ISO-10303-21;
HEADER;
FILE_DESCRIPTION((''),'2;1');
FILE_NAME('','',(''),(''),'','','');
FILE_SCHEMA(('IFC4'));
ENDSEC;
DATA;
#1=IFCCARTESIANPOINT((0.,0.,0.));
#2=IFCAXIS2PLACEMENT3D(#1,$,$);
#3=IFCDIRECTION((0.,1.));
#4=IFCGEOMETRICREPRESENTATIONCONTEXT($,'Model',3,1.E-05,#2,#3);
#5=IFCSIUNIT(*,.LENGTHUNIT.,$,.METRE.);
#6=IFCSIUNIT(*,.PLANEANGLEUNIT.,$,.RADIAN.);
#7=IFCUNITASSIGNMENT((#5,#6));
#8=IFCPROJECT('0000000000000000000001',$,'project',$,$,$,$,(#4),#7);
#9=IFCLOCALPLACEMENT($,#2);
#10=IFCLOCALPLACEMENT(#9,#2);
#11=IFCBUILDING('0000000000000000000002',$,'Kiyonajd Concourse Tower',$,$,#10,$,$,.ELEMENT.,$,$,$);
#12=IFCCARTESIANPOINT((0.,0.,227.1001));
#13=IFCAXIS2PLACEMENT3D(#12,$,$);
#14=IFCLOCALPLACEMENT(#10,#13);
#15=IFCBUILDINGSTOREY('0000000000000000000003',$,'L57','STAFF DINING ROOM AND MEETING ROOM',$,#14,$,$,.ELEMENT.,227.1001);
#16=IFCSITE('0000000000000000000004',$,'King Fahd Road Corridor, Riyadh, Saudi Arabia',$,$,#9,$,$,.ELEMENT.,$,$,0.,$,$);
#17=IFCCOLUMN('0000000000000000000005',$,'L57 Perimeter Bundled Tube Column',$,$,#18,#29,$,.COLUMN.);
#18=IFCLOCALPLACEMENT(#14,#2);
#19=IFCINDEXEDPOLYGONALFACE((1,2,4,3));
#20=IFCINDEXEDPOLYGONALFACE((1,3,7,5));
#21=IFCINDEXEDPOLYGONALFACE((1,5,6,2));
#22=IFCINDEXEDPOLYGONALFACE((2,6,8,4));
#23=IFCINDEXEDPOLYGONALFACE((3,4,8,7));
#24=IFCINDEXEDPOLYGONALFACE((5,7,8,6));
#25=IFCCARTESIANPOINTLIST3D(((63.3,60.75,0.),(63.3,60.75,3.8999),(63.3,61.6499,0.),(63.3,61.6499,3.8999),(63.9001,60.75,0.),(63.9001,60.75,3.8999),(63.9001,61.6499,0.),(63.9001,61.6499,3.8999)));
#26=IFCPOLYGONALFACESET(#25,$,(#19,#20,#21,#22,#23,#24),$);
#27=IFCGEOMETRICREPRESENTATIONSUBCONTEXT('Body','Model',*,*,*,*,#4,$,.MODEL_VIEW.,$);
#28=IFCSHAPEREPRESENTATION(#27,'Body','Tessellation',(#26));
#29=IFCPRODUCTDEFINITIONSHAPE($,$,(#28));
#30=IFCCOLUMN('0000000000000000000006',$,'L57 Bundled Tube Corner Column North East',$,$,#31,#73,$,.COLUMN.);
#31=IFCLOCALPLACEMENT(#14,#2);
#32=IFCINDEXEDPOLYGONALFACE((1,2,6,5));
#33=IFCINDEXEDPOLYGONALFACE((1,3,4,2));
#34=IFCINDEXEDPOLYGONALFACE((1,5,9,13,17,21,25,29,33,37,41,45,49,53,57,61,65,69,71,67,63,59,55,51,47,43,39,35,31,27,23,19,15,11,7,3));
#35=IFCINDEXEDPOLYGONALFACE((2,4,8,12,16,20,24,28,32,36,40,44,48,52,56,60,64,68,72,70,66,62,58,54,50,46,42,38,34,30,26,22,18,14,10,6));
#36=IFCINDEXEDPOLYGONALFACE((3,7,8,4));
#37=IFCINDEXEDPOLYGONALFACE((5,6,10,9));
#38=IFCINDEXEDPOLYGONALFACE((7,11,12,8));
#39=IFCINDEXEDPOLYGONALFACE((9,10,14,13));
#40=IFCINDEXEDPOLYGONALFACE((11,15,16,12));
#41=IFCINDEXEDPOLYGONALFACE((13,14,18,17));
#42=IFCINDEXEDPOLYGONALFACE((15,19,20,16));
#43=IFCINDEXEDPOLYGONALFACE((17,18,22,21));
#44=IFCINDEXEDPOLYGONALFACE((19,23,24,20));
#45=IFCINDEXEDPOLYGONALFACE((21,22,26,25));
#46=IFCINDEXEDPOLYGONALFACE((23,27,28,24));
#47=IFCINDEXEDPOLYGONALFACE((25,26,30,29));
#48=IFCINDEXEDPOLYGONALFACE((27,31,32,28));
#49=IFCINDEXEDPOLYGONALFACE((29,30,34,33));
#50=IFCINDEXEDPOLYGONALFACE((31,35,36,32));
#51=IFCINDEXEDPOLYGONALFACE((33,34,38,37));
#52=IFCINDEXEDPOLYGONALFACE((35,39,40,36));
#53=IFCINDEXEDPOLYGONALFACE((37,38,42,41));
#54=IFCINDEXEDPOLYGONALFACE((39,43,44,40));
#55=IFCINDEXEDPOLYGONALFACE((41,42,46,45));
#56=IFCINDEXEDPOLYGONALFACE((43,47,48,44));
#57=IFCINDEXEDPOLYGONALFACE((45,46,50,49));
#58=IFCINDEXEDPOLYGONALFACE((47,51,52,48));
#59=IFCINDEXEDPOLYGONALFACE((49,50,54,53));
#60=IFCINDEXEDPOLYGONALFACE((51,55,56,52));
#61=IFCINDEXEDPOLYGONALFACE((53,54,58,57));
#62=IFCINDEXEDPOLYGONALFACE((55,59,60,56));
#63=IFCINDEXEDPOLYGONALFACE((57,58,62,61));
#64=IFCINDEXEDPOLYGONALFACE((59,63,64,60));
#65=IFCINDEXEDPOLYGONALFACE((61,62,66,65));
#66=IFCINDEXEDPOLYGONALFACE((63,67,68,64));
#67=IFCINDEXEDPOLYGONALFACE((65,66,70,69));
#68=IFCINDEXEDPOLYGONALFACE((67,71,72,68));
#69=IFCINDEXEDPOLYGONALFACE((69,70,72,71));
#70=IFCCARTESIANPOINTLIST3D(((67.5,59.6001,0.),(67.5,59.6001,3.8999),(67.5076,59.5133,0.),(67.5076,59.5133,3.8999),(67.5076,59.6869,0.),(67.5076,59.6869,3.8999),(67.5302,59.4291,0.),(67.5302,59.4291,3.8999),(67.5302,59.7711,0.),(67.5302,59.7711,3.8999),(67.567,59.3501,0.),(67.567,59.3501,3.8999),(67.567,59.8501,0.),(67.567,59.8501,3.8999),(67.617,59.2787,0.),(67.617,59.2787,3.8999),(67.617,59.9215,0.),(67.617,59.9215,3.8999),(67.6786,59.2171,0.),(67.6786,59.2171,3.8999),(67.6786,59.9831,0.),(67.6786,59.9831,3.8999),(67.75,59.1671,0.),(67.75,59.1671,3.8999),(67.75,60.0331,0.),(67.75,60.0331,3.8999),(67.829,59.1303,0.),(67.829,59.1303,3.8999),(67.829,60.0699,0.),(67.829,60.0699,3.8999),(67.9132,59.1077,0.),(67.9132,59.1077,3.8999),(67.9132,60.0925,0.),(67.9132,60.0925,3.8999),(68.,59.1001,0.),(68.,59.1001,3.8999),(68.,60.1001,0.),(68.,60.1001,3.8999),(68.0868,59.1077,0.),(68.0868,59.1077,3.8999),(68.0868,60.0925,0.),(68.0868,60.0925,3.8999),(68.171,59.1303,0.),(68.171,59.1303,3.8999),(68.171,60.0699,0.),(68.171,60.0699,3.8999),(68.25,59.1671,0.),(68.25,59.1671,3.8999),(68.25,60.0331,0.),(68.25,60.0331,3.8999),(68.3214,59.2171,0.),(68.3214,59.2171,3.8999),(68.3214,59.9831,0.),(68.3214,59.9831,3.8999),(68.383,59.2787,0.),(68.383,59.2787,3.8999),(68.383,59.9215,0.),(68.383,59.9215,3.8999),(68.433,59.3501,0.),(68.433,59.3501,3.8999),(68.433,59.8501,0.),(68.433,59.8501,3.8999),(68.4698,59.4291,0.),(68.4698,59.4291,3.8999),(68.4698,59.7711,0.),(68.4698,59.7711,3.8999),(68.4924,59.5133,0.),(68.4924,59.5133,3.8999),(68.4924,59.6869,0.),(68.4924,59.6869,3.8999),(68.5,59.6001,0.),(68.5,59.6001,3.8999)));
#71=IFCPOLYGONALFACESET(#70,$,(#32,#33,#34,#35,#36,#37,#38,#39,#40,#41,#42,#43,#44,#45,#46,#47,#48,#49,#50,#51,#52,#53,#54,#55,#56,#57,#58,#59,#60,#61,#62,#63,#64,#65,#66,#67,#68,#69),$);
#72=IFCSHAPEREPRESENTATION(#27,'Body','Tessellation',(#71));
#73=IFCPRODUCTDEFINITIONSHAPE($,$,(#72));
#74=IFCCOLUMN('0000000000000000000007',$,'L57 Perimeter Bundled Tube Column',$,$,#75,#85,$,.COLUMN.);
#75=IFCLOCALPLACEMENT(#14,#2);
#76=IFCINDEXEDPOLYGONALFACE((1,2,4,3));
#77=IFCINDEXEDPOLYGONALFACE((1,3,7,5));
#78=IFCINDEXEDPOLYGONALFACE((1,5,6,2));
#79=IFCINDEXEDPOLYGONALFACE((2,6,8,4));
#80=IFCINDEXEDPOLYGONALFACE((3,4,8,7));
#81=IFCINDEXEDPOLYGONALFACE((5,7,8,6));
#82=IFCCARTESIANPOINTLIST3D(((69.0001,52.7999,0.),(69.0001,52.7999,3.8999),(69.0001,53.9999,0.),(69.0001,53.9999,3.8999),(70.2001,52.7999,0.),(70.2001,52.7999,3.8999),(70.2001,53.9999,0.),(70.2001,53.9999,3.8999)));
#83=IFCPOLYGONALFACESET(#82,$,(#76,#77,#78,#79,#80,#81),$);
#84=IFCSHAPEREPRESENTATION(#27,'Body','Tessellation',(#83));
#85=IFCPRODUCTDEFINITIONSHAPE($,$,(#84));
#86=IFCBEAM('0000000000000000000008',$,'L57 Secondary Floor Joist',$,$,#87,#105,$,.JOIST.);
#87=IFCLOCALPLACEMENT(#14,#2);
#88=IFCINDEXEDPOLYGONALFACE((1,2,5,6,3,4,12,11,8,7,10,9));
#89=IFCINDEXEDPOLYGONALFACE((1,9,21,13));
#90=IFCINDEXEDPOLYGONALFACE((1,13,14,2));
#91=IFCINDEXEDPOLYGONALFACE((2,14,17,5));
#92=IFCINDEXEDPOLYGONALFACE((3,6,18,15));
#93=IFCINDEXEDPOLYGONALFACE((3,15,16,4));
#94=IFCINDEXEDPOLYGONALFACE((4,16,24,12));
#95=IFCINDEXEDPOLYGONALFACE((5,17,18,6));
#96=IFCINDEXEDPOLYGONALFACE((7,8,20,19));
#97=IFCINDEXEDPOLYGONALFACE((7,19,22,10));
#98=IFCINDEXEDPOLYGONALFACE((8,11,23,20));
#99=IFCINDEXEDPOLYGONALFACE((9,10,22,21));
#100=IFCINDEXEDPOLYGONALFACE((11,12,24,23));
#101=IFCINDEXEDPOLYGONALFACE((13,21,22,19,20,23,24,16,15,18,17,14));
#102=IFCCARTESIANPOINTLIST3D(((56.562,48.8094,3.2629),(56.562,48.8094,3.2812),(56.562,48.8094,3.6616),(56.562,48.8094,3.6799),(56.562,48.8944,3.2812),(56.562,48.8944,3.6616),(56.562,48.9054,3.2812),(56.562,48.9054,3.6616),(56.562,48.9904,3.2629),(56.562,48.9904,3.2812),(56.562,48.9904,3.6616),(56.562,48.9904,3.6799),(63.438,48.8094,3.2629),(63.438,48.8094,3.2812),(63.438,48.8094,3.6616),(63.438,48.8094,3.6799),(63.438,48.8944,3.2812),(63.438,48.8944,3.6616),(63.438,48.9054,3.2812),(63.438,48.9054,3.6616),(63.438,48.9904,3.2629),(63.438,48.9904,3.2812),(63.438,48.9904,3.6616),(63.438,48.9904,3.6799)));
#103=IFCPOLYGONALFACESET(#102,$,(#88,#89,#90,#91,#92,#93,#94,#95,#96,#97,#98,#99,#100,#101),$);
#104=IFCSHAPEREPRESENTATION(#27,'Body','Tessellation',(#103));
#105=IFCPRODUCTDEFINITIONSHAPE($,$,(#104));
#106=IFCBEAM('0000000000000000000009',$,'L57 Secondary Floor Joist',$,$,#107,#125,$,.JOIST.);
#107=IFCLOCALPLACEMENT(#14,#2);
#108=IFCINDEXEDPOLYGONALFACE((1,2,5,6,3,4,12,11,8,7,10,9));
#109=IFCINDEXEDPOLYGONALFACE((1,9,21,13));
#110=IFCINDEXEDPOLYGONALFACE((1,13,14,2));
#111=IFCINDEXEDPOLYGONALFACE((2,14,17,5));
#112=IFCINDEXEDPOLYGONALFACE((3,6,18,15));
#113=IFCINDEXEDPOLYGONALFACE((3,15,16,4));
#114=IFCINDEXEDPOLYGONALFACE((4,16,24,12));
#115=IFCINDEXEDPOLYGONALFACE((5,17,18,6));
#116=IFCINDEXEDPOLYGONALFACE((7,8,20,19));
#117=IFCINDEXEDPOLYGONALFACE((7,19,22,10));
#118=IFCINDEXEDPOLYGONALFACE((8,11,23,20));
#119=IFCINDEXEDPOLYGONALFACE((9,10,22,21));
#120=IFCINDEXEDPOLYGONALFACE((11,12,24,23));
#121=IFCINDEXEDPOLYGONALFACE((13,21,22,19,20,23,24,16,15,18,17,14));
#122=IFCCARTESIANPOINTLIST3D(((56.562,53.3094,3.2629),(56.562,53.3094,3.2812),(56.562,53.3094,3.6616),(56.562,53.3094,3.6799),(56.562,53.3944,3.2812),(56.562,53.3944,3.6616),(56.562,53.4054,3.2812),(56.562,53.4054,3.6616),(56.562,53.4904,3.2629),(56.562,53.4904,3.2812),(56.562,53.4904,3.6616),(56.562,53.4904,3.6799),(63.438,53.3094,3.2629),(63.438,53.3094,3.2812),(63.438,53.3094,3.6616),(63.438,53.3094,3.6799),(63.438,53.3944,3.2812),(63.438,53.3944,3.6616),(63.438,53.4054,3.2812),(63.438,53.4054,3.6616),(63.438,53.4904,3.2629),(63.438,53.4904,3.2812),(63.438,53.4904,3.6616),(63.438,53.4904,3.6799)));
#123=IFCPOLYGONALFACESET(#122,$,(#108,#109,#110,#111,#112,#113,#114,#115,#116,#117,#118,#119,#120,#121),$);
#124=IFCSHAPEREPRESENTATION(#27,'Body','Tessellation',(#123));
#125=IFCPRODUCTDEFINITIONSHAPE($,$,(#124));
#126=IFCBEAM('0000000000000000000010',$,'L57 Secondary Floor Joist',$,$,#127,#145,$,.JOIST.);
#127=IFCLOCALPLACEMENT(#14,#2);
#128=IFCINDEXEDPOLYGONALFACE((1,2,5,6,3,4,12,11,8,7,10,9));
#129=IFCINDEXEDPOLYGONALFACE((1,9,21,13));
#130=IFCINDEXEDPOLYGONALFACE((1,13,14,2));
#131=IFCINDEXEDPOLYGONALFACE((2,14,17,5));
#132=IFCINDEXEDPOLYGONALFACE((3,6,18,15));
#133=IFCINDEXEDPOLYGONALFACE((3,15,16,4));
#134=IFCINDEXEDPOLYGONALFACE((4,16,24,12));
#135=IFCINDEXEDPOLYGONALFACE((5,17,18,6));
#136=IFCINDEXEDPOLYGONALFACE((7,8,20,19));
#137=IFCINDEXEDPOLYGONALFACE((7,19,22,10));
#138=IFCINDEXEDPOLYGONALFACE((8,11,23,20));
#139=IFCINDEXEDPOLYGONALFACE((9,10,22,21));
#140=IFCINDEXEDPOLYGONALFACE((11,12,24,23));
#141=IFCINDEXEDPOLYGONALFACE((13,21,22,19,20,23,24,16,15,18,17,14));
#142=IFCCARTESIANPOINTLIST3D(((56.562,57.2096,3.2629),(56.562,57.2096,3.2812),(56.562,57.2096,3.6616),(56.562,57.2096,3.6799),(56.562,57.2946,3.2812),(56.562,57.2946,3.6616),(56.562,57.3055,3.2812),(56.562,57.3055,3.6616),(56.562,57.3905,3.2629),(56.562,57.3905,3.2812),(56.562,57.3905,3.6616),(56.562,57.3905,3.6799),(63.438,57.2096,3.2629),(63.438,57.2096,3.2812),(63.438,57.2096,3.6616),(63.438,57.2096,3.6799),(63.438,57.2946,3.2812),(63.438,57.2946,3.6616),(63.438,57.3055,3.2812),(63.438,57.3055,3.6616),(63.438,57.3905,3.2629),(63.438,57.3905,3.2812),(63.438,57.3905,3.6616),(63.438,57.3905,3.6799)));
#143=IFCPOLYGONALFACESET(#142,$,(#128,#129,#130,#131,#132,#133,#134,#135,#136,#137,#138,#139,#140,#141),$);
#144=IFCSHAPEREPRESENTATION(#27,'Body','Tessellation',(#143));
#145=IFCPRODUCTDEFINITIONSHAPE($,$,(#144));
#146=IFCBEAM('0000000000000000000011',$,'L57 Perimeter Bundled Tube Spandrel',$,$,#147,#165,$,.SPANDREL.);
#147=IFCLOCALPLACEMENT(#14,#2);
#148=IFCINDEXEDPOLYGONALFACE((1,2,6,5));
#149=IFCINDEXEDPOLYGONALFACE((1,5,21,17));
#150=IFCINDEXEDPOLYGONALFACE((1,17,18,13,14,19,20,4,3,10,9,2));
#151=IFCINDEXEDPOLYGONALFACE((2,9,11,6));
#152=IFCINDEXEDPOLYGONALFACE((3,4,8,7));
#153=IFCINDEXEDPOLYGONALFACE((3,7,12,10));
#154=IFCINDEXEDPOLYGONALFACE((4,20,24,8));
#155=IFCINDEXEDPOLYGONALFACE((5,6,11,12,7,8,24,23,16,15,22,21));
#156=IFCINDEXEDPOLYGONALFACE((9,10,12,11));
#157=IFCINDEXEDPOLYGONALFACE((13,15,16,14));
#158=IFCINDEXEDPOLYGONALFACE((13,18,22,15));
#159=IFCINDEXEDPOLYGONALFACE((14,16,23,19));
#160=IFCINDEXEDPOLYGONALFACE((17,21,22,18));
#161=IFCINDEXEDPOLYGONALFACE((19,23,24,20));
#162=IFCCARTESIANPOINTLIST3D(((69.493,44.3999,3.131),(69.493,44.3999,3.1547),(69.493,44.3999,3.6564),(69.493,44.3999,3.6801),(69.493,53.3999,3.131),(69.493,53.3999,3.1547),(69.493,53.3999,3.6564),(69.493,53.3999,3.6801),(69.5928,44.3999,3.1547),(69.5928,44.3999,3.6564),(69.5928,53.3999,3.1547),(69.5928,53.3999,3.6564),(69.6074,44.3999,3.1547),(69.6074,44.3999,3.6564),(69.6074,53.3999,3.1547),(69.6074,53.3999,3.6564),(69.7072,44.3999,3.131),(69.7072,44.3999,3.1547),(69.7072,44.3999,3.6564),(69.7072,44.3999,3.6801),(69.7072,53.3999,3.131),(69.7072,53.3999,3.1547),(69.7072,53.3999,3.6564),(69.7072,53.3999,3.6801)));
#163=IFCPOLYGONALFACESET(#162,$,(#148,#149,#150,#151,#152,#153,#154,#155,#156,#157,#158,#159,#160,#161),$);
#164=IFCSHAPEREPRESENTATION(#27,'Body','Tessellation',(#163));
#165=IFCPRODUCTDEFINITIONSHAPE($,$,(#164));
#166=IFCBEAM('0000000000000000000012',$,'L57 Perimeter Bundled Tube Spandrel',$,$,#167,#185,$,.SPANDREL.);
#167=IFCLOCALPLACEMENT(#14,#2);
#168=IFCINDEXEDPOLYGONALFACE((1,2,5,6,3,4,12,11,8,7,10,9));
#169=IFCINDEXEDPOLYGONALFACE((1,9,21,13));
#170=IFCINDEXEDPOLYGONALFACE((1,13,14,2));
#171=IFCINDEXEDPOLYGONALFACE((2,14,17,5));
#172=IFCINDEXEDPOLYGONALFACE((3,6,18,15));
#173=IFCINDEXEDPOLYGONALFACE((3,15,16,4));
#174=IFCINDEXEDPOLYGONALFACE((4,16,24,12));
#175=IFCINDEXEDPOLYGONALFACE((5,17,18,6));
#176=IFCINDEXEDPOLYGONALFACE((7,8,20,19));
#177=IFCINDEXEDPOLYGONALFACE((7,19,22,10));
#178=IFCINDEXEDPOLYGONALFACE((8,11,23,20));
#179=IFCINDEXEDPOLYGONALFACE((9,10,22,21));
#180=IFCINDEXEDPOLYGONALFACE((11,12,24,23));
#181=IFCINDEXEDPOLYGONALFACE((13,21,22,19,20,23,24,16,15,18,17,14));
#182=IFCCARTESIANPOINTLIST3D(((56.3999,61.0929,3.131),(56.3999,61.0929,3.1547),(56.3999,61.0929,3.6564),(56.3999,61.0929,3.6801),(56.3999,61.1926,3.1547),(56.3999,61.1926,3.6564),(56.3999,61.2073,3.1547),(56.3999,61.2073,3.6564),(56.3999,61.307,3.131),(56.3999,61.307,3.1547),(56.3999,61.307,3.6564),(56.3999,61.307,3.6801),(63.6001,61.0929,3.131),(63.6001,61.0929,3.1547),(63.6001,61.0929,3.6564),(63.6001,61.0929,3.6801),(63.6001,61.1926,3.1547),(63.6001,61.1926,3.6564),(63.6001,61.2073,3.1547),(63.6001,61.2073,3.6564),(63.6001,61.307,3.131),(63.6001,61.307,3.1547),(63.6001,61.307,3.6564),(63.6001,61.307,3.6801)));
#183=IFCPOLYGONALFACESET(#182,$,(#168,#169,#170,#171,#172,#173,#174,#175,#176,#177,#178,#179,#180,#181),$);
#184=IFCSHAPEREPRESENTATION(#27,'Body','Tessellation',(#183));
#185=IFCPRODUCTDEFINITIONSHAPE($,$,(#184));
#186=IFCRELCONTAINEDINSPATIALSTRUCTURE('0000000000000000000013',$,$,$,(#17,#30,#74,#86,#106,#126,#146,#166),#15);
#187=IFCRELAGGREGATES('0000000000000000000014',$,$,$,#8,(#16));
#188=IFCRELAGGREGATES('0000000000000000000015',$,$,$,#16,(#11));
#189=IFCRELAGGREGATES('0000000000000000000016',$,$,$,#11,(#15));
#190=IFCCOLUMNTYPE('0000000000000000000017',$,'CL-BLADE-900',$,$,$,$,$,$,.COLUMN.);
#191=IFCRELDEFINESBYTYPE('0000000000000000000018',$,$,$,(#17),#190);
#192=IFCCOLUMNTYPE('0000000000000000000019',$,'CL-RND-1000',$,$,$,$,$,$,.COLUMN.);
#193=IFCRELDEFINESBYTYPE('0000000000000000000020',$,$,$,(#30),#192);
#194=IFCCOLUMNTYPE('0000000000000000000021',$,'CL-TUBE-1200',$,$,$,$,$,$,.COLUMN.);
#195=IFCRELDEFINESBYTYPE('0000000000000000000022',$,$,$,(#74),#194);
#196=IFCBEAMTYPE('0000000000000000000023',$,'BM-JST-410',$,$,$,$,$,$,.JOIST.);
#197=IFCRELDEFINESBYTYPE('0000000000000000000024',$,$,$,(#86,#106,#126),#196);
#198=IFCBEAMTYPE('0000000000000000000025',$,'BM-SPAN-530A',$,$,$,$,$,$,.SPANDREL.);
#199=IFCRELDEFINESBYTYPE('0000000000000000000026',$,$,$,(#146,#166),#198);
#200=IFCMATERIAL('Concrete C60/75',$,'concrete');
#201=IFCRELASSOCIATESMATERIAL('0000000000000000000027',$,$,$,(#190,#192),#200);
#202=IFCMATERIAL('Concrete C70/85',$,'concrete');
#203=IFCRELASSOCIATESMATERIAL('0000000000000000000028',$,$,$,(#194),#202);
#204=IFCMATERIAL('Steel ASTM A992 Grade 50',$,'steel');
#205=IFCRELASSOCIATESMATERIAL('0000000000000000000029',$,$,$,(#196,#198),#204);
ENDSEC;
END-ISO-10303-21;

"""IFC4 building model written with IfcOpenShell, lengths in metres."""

from ifc_helpers import new_model, si_unit, direction, frame, origin, origin_2d, place, context, subcontext, project, spatial, rectangle, circle, i_section, extrude, material, material_profile, profile_set, type_object, element, save


model = new_model("IFC4")

# Units and contexts
model_context = context("Model", 3, precision=1e-05, world=origin(), true_north=direction((0.0, 1.0)))
body_context = subcontext(model_context, "Body", "Model", "MODEL_VIEW")
ifc_project = project(units=[si_unit("LENGTHUNIT", "METRE"), si_unit("PLANEANGLEUNIT", "RADIAN")], contexts=[model_context])

# Site, building, storey
site_placement = place(None, origin())
site = spatial("IfcSite", under=ifc_project, at=site_placement, Name="King Fahd Road Corridor, Riyadh, Saudi Arabia", CompositionType="ELEMENT", RefElevation=0.0)
building_placement = place(site_placement, origin())
building = spatial("IfcBuilding", under=site, at=building_placement, Name="Kiyonajd Concourse Tower", CompositionType="ELEMENT")
storey_placement = place(building_placement, frame((0.0, 0.0, 227.1001)))
storey = spatial("IfcBuildingStorey", under=building, at=storey_placement, Name="L57", Description="STAFF DINING ROOM AND MEETING ROOM", CompositionType="ELEMENT", Elevation=227.1001)

# Columns
ifc_material_1 = material(Name="Concrete C60/75", Category="concrete")
ifc_material_profile_1 = material_profile(ifc_material_1, rectangle(XDim=0.6001, YDim=0.8999, at=origin_2d()), Name="RC-900x600")
ifc_profile_set_1 = profile_set([ifc_material_profile_1], Name="Concrete C60/75")
column_type_1 = type_object("IfcColumnType", Name="CL-BLADE-900", PredefinedType="COLUMN", material=ifc_profile_set_1)
column_1_placement = place(storey_placement, frame((63.6001, 61.2, 0.0), z_axis=(0.0, 0.0, 1.0), x_axis=(1.0, 0.0, 0.0)))
element("IfcColumn", 1, at=column_1_placement, inside=storey, type_object=column_type_1, Name="L57 Perimeter Bundled Tube Column", PredefinedType="COLUMN", context=body_context, shape_type="SweptSolid", body=[
    extrude(rectangle(XDim=0.6001, YDim=0.8999, at=origin_2d()), origin(), (0.0, 0.0, 1.0), 3.8999),
])
ifc_material_profile_2 = material_profile(ifc_material_1, circle(Radius=0.5, at=origin_2d()), Name="RCC-D1000")
ifc_profile_set_2 = profile_set([ifc_material_profile_2], Name="Concrete C60/75")
column_type_2 = type_object("IfcColumnType", Name="CL-RND-1000", PredefinedType="COLUMN", material=ifc_profile_set_2)
column_2_placement = place(storey_placement, frame((68.0, 59.6001, 0.0), z_axis=(0.0, 0.0, 1.0), x_axis=(1.0, 0.0, 0.0)))
element("IfcColumn", 2, at=column_2_placement, inside=storey, type_object=column_type_2, Name="L57 Bundled Tube Corner Column North East", PredefinedType="COLUMN", context=body_context, shape_type="SweptSolid", body=[
    extrude(circle(Radius=0.5, at=origin_2d()), origin(), (0.0, 0.0, 1.0), 3.8999),
])
ifc_material_2 = material(Name="Concrete C70/85", Category="concrete")
ifc_material_profile_3 = material_profile(ifc_material_2, rectangle(XDim=1.2, YDim=1.2, at=origin_2d()), Name="RC-1200x1200")
ifc_profile_set_3 = profile_set([ifc_material_profile_3], Name="Concrete C70/85")
column_type_3 = type_object("IfcColumnType", Name="CL-TUBE-1200", PredefinedType="COLUMN", material=ifc_profile_set_3)
column_3_placement = place(storey_placement, frame((69.6001, 53.3999, 0.0), z_axis=(0.0, 0.0, 1.0), x_axis=(1.0, 0.0, 0.0)))
element("IfcColumn", 3, at=column_3_placement, inside=storey, type_object=column_type_3, Name="L57 Perimeter Bundled Tube Column", PredefinedType="COLUMN", context=body_context, shape_type="SweptSolid", body=[
    extrude(rectangle(XDim=1.2, YDim=1.2, at=origin_2d()), origin(), (0.0, 0.0, 1.0), 3.8999),
])

# Beams
ifc_material_3 = material(Name="Steel ASTM A992 Grade 50", Category="steel")
ifc_material_profile_4 = material_profile(ifc_material_3, i_section(OverallWidth=0.1809, OverallDepth=0.417, WebThickness=0.011, FlangeThickness=0.0183, at=origin_2d()), Name="W410X85")
ifc_profile_set_4 = profile_set([ifc_material_profile_4], Name="Steel ASTM A992 Grade 50")
beam_type_1 = type_object("IfcBeamType", Name="BM-JST-410", PredefinedType="JOIST", material=ifc_profile_set_4)
for number, where, z_axis, x_axis, name in (
    (4, (56.562, 48.8999, 3.4714), (1.0, 0.0, 0.0), (0.0, 1.0, 0.0), "L57 Secondary Floor Joist"),
    (5, (56.562, 53.3999, 3.4714), (1.0, 0.0, 0.0), (0.0, 1.0, 0.0), "L57 Secondary Floor Joist"),
    (6, (56.562, 57.3, 3.4714), (1.0, 0.0, 0.0), (0.0, 1.0, 0.0), "L57 Secondary Floor Joist"),
):
    element("IfcBeam", number, at=place(storey_placement, frame(where, z_axis=z_axis, x_axis=x_axis)), inside=storey, type_object=beam_type_1, Name=name, PredefinedType="JOIST", context=body_context, shape_type="SweptSolid", body=[
        extrude(i_section(OverallWidth=0.1809, OverallDepth=0.417, WebThickness=0.011, FlangeThickness=0.0183, at=origin_2d()), origin(), (0.0, 0.0, 1.0), 6.876),
    ])
ifc_material_profile_5 = material_profile(ifc_material_3, i_section(OverallWidth=0.2141, OverallDepth=0.5491, WebThickness=0.0146, FlangeThickness=0.0237, at=origin_2d()), Name="W530X138")
ifc_profile_set_5 = profile_set([ifc_material_profile_5], Name="Steel ASTM A992 Grade 50")
beam_type_2 = type_object("IfcBeamType", Name="BM-SPAN-530A", PredefinedType="SPANDREL", material=ifc_profile_set_5)
beam_1_placement = place(storey_placement, frame((69.6001, 44.3999, 3.4055), z_axis=(0.0, 1.0, 0.0), x_axis=(-1.0, 0.0, 0.0)))
element("IfcBeam", 7, at=beam_1_placement, inside=storey, type_object=beam_type_2, Name="L57 Perimeter Bundled Tube Spandrel", PredefinedType="SPANDREL", context=body_context, shape_type="SweptSolid", body=[
    extrude(i_section(OverallWidth=0.2141, OverallDepth=0.5491, WebThickness=0.0146, FlangeThickness=0.0237, at=origin_2d()), origin(), (0.0, 0.0, 1.0), 9.0),
])
beam_2_placement = place(storey_placement, frame((63.6001, 61.2, 3.4055), z_axis=(-1.0, 0.0, 0.0), x_axis=(0.0, -1.0, 0.0)))
element("IfcBeam", 8, at=beam_2_placement, inside=storey, type_object=beam_type_2, Name="L57 Perimeter Bundled Tube Spandrel", PredefinedType="SPANDREL", context=body_context, shape_type="SweptSolid", body=[
    extrude(i_section(OverallWidth=0.2141, OverallDepth=0.5491, WebThickness=0.0146, FlangeThickness=0.0237, at=origin_2d()), origin(), (0.0, 0.0, 1.0), 7.2002),
])

save(model, "model.ifc")
